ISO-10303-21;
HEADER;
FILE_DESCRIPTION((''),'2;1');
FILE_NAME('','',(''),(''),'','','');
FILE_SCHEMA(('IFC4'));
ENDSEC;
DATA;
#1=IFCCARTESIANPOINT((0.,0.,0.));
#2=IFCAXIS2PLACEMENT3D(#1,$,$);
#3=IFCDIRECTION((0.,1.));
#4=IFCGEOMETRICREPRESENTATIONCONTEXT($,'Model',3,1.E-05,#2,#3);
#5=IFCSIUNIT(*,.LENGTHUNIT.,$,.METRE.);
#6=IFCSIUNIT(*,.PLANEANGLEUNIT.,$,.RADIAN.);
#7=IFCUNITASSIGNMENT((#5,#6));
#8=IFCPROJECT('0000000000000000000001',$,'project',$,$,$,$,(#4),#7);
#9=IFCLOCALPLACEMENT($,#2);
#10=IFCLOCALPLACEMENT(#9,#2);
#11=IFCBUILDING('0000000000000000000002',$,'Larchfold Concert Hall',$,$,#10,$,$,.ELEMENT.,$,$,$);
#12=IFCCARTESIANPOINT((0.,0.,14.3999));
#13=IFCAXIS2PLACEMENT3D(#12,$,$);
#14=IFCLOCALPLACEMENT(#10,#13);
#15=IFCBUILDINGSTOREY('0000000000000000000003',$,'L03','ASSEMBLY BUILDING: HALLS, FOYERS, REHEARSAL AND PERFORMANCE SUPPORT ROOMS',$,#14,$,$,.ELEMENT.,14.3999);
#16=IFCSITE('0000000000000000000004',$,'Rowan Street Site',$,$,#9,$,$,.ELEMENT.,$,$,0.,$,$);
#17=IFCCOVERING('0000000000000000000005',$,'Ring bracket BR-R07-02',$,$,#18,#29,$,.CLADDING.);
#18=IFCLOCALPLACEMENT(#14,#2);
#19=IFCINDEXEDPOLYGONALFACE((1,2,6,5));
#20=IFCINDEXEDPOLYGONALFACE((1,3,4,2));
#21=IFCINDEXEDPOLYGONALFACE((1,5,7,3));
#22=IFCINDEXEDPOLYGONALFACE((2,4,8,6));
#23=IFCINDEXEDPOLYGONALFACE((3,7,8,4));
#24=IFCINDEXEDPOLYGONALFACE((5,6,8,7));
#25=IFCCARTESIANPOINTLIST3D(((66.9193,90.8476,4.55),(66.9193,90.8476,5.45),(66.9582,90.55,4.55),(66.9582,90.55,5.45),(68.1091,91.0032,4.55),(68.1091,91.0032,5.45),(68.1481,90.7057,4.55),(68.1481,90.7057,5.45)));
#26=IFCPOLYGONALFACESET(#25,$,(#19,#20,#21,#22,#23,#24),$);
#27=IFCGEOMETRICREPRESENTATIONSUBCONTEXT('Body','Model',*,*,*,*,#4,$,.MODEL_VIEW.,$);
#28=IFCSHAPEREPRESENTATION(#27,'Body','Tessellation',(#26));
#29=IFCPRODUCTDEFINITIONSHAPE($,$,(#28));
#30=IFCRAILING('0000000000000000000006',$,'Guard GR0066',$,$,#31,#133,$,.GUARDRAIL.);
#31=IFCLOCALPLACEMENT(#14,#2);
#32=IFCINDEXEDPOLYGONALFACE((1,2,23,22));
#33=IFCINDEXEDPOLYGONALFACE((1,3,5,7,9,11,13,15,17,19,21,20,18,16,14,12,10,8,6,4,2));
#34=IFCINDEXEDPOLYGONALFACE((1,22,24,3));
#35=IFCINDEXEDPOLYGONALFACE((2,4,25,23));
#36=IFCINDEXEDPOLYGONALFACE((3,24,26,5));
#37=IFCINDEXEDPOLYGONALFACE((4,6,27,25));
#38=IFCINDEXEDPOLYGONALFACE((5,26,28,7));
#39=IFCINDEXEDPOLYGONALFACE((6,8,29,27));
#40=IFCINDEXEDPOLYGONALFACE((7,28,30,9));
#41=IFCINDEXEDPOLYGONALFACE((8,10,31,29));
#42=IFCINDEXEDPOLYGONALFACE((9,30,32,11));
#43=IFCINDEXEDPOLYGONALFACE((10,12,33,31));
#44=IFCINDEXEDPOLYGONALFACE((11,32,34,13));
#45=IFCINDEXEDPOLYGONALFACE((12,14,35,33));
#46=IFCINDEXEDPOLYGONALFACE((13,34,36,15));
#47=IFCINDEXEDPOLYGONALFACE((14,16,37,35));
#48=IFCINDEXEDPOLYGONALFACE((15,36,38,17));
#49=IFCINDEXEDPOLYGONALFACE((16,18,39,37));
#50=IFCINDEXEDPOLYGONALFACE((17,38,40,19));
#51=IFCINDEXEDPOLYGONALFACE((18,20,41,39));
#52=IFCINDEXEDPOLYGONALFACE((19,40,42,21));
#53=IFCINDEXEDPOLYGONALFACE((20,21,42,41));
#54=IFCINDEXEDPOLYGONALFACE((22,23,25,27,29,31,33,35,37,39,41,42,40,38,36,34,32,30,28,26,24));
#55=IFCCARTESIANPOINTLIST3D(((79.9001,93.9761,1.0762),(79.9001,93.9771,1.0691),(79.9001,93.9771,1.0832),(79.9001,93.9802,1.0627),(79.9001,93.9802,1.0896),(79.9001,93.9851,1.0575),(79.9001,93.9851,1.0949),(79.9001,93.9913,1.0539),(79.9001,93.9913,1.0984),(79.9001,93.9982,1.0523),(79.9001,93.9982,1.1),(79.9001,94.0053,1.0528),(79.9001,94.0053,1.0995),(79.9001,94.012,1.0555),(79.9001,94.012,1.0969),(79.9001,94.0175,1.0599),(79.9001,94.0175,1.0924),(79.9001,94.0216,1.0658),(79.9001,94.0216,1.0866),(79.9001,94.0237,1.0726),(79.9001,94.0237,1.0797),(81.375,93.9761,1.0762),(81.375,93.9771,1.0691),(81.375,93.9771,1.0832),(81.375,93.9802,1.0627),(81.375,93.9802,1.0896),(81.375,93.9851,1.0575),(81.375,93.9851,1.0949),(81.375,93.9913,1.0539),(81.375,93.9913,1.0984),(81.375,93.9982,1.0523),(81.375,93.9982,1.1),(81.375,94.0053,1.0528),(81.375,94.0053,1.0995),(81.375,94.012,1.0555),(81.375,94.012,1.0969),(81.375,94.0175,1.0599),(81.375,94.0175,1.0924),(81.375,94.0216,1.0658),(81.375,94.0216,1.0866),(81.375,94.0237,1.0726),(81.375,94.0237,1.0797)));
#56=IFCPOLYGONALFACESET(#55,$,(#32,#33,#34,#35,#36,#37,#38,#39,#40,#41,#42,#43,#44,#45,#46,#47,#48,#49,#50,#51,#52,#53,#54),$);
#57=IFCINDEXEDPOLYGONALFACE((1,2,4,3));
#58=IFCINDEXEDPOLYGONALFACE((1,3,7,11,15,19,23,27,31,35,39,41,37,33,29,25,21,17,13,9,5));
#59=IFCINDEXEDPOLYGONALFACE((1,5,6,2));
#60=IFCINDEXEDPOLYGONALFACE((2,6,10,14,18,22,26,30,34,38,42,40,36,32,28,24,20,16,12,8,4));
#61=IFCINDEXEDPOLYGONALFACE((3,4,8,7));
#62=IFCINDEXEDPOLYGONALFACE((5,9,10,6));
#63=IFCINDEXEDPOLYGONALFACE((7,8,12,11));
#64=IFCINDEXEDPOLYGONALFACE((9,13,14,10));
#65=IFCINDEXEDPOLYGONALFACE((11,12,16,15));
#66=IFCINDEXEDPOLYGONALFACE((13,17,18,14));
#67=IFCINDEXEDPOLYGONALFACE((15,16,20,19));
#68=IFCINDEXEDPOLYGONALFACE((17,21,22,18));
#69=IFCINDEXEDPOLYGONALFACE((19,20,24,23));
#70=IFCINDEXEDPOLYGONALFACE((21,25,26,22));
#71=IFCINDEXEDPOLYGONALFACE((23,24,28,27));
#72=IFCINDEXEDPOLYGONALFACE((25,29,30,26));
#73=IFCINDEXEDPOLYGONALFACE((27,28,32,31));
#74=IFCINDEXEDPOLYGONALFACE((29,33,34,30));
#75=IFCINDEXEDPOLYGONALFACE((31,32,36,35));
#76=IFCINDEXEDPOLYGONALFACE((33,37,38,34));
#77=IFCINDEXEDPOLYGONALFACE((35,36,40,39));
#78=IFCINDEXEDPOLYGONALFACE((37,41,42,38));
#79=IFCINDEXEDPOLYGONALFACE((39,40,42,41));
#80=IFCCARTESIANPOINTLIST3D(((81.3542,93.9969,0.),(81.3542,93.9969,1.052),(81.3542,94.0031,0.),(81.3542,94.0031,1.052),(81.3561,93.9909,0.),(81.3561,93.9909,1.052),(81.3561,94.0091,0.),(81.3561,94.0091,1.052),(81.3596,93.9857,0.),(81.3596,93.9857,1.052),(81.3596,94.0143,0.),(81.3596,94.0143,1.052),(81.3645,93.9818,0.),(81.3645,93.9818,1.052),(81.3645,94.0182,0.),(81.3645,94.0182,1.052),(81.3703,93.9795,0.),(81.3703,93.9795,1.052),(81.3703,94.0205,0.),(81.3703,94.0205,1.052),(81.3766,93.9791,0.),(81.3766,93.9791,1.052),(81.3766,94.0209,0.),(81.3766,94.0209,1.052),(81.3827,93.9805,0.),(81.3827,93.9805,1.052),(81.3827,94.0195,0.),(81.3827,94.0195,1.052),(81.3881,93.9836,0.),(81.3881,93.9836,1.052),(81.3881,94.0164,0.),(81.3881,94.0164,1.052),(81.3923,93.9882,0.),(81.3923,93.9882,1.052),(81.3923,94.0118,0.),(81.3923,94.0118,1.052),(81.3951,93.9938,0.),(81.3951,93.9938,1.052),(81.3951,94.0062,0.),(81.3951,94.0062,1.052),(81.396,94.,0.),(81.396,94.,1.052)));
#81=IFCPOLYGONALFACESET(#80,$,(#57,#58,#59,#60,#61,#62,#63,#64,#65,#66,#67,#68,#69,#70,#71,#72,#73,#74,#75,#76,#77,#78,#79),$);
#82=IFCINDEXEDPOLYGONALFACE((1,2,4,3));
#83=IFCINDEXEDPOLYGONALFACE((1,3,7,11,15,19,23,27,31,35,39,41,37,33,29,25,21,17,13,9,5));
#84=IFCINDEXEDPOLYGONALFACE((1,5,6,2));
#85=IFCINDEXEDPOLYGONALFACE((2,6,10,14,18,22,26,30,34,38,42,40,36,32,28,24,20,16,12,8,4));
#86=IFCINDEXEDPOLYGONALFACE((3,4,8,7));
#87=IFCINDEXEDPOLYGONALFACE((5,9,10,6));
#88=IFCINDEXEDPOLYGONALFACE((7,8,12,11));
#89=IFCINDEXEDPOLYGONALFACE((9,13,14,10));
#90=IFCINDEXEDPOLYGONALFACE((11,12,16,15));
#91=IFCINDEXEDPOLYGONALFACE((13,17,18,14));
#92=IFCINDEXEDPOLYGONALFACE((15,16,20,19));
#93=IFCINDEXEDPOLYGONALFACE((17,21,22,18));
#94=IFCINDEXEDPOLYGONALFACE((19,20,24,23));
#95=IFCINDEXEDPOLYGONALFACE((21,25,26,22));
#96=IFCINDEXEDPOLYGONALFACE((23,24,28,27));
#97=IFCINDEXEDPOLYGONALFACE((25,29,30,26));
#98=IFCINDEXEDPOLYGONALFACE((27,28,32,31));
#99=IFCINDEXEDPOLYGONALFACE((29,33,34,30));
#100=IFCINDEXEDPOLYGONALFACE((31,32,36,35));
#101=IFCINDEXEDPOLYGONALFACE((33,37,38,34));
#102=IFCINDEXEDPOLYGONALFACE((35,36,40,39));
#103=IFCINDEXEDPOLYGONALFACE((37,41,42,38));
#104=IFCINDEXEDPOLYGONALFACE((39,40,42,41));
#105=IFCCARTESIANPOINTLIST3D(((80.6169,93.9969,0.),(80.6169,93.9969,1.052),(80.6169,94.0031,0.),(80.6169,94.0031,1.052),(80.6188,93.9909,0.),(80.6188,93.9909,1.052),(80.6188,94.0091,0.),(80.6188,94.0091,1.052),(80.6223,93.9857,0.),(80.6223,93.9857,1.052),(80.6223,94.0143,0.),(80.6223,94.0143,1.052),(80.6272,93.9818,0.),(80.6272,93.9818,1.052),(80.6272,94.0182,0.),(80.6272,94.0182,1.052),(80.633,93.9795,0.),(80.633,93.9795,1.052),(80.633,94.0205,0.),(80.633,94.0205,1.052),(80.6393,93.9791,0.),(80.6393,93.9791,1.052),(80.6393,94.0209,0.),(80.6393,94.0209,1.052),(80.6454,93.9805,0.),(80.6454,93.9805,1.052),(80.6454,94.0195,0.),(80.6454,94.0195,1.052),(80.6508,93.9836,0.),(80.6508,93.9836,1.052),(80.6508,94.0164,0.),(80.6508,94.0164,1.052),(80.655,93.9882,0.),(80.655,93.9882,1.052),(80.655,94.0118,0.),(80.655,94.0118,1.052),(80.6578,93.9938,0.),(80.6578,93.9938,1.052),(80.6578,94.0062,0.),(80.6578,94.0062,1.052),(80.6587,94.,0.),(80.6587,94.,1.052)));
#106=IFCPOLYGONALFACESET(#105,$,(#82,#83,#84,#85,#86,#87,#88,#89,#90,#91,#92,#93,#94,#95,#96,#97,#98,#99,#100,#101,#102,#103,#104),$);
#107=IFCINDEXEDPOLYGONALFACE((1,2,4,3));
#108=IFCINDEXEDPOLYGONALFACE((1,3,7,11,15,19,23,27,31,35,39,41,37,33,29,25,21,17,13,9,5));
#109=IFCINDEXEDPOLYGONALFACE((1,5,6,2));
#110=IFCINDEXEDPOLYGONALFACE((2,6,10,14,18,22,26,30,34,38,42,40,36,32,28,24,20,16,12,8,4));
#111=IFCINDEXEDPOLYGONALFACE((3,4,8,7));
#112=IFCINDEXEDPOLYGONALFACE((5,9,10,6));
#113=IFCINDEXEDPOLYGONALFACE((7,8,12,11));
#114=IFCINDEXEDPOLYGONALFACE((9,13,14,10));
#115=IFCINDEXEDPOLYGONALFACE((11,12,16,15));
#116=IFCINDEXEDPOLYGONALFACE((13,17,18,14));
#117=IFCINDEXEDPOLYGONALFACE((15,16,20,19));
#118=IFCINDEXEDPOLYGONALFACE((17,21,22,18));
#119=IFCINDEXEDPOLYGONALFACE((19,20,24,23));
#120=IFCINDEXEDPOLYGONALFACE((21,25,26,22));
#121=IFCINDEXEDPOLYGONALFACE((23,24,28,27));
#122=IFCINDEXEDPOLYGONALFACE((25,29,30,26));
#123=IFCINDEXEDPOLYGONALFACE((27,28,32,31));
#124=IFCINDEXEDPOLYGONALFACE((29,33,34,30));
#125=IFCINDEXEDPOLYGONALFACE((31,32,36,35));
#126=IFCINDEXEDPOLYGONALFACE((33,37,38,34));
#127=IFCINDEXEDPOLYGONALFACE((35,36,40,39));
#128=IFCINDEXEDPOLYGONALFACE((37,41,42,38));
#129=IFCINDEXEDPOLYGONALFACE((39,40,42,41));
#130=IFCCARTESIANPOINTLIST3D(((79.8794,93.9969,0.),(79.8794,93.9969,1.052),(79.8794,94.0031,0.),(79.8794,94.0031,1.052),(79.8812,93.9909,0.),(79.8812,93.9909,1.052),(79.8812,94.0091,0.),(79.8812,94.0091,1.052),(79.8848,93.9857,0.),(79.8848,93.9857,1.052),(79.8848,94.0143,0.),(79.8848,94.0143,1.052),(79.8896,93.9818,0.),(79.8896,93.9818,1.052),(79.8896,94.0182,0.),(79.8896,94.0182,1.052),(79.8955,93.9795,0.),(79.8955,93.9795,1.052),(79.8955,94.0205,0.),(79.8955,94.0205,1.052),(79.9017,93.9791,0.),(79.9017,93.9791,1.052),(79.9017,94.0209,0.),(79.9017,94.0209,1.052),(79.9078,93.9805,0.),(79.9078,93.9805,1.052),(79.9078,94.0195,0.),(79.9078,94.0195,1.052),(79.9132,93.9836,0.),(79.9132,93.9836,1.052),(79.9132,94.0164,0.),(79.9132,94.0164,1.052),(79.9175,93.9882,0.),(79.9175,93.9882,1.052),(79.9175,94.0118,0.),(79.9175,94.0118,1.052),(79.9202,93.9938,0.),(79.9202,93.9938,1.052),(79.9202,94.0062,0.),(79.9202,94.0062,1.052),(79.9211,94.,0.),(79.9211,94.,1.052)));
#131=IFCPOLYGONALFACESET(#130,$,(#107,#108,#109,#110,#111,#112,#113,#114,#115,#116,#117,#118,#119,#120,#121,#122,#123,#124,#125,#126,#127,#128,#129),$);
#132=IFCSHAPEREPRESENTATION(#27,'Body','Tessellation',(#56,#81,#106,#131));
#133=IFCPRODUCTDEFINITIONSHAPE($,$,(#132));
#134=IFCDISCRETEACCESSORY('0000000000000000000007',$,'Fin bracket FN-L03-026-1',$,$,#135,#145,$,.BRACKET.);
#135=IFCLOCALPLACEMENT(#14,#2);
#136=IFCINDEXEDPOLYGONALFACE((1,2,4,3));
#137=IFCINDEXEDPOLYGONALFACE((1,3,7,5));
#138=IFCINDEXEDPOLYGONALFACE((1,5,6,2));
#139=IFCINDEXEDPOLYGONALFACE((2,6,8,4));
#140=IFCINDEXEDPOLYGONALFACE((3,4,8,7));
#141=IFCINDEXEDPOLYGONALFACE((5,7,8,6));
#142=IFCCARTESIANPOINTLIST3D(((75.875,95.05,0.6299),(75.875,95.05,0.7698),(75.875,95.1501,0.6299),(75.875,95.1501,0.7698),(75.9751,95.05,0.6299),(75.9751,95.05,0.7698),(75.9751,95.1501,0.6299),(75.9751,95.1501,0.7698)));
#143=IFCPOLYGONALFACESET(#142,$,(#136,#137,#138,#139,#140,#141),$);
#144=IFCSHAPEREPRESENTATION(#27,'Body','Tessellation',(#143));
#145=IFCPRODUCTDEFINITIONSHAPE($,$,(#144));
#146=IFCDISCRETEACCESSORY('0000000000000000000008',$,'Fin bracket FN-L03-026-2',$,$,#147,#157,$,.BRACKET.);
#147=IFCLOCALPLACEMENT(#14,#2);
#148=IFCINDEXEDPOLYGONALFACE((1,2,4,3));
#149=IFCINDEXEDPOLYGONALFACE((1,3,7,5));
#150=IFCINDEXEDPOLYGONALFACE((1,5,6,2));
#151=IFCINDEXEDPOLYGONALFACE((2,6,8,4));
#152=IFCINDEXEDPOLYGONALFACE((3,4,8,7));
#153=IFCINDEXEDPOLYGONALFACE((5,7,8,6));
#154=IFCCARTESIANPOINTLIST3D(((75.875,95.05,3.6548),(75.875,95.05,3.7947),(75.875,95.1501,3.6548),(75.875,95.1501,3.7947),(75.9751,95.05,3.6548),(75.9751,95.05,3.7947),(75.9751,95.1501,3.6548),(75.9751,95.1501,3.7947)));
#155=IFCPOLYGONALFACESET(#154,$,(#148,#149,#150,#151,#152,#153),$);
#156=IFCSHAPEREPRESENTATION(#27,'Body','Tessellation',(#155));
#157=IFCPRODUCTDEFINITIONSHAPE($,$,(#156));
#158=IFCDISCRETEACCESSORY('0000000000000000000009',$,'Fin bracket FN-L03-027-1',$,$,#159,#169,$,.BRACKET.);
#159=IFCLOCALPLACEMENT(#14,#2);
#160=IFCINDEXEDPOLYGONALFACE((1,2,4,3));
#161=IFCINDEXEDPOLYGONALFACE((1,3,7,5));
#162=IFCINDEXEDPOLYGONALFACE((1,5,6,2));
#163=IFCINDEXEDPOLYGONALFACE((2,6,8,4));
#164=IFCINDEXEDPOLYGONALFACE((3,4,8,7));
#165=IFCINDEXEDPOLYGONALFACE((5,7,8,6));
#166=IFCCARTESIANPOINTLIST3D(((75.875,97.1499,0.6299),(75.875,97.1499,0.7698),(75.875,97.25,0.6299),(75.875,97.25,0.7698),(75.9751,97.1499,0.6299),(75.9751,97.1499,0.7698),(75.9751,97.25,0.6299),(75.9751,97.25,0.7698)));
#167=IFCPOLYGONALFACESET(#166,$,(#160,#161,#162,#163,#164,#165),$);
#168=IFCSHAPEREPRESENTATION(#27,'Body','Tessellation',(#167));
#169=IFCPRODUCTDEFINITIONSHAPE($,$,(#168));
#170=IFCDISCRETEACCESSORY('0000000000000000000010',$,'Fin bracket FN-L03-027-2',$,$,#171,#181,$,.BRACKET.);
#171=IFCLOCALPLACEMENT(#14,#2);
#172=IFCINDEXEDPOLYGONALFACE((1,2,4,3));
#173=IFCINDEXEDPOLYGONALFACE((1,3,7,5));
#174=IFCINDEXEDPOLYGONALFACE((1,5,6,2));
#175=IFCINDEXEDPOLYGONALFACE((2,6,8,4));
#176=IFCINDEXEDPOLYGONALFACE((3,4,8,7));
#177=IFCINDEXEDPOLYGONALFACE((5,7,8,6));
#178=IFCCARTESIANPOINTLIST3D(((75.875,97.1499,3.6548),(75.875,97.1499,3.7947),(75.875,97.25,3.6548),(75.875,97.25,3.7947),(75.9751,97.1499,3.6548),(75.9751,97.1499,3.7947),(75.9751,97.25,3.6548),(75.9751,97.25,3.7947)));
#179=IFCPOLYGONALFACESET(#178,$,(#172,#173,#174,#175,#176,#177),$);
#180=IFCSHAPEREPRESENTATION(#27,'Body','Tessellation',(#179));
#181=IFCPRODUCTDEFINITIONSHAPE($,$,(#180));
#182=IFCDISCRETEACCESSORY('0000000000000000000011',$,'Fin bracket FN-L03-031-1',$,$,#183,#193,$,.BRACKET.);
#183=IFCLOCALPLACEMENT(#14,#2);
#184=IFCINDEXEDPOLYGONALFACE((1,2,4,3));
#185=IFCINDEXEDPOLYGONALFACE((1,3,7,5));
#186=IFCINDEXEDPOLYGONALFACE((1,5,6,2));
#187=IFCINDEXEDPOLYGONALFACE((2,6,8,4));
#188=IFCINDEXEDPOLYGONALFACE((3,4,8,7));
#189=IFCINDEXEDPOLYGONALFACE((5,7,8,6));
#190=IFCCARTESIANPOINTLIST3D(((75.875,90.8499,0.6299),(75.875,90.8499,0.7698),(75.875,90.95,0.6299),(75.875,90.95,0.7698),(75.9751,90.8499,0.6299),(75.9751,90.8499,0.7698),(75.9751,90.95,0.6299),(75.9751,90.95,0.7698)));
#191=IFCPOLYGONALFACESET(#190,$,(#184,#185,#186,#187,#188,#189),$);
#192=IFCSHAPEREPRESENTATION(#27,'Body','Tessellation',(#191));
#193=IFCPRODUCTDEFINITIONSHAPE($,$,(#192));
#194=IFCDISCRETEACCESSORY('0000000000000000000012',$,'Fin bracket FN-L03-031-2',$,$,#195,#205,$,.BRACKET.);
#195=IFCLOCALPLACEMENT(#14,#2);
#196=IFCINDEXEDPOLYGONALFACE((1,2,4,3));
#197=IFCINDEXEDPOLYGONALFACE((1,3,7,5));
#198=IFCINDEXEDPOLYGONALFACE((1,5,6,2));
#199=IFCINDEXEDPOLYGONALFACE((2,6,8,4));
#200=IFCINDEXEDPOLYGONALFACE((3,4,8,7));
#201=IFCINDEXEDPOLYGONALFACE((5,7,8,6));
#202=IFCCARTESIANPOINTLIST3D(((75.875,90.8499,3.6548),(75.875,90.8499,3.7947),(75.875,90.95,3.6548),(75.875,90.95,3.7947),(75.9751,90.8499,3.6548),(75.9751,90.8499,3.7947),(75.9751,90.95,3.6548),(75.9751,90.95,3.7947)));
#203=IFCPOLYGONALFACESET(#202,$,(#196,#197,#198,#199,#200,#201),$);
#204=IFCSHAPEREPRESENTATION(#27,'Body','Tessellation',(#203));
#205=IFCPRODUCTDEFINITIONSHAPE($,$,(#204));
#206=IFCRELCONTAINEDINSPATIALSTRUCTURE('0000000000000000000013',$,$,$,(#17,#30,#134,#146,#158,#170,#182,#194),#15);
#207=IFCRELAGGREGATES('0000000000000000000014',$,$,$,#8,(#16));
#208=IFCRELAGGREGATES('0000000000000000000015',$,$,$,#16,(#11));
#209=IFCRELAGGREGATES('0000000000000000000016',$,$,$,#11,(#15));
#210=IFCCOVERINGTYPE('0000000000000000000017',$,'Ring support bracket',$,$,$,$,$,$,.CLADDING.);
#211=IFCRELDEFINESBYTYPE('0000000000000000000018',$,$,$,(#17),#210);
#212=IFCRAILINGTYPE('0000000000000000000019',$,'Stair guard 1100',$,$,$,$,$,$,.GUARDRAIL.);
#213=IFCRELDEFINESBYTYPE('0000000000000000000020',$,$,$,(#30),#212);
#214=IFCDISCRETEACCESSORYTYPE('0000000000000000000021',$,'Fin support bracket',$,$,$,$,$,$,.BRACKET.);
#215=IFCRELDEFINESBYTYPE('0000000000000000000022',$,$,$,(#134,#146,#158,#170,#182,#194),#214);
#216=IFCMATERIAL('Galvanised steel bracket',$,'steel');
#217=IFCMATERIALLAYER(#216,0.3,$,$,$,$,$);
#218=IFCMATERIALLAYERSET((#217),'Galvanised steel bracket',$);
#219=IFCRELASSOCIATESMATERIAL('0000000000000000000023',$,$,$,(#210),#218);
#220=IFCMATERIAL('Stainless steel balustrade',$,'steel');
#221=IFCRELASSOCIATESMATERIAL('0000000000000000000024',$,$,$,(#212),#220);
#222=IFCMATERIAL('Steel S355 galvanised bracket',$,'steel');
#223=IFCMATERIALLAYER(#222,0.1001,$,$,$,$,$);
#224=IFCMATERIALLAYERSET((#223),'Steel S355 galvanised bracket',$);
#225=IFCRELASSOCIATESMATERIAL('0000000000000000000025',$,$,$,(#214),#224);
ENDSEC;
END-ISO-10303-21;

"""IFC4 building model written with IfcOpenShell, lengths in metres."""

from ifc_helpers import new_model, si_unit, direction, frame, origin, origin_2d, place, context, subcontext, project, spatial, rectangle, circle, extrude, material, layer, layer_set, type_object, element, save


model = new_model("IFC4")

# Units and contexts
model_context = context("Model", 3, precision=1e-05, world=origin(), true_north=direction((0.0, 1.0)))
body_context = subcontext(model_context, "Body", "Model", "MODEL_VIEW")
ifc_project = project(units=[si_unit("LENGTHUNIT", "METRE"), si_unit("PLANEANGLEUNIT", "RADIAN")], contexts=[model_context])

# Site, building, storey
site_placement = place(None, origin())
site = spatial("IfcSite", under=ifc_project, at=site_placement, Name="Rowan Street Site", CompositionType="ELEMENT", RefElevation=0.0)
building_placement = place(site_placement, origin())
building = spatial("IfcBuilding", under=site, at=building_placement, Name="Larchfold Concert Hall", CompositionType="ELEMENT")
storey_placement = place(building_placement, frame((0.0, 0.0, 14.3999)))
storey = spatial("IfcBuildingStorey", under=building, at=storey_placement, Name="L03", Description="ASSEMBLY BUILDING: HALLS, FOYERS, REHEARSAL AND PERFORMANCE SUPPORT ROOMS", CompositionType="ELEMENT", Elevation=14.3999)

# Covering
ifc_material_1 = material(Name="Galvanised steel bracket", Category="steel")
ifc_layer_1 = layer(ifc_material_1, 0.3)
ifc_layer_set_1 = layer_set([ifc_layer_1], Name="Galvanised steel bracket")
covering_type = type_object("IfcCoveringType", Name="Ring support bracket", PredefinedType="CLADDING", material=ifc_layer_set_1)
covering_1_placement = place(storey_placement, frame((67.5337, 90.7766, 4.55), z_axis=(0.0, 0.0, 1.0), x_axis=(0.991554, 0.129693, 0.0)))
element("IfcCovering", 1, at=covering_1_placement, inside=storey, type_object=covering_type, Name="Ring bracket BR-R07-02", PredefinedType="CLADDING", context=body_context, shape_type="SweptSolid", body=[
    extrude(rectangle(XDim=1.2, YDim=0.3, at=origin_2d()), origin(), (0.0, 0.0, 1.0), 0.8999),
])

# Railing
ifc_material_2 = material(Name="Stainless steel balustrade", Category="steel")
railing_type = type_object("IfcRailingType", Name="Stair guard 1100", PredefinedType="GUARDRAIL", material=ifc_material_2)
railing_placement = place(storey_placement, frame((81.375, 94.0, 0.0)))
element("IfcRailing", 2, at=railing_placement, inside=storey, type_object=railing_type, Name="Guard GR0066", PredefinedType="GUARDRAIL", context=body_context, shape_type="SweptSolid", body=[
    extrude(circle(Radius=0.0239, at=origin_2d()), frame((0.0, 0.0, 1.0762), z_axis=(-1.0, 0.0, 0.0), x_axis=(0.0, -1.0, 0.0)), (0.0, 0.0, 1.0), 1.4749),
    extrude(circle(Radius=0.021, at=origin_2d()), origin(), (0.0, 0.0, 1.0), 1.052),
    extrude(circle(Radius=0.021, at=origin_2d()), frame((-0.7373, 0.0, 0.0)), (0.0, 0.0, 1.0), 1.052),
    extrude(circle(Radius=0.021, at=origin_2d()), frame((-1.4749, 0.0, 0.0)), (0.0, 0.0, 1.0), 1.052),
])

# Discrete accessories
ifc_material_3 = material(Name="Steel S355 galvanised bracket", Category="steel")
ifc_layer_2 = layer(ifc_material_3, 0.1001)
ifc_layer_set_2 = layer_set([ifc_layer_2], Name="Steel S355 galvanised bracket")
discrete_accessory_type = type_object("IfcDiscreteAccessoryType", Name="Fin support bracket", PredefinedType="BRACKET", material=ifc_layer_set_2)
for number, where, z_axis, x_axis, name in (
    (3, (75.925, 95.1001, 0.6299), (0.0, 0.0, 1.0), (-1.0, 0.0, 0.0), "Fin bracket FN-L03-026-1"),
    (4, (75.925, 95.1001, 3.6548), (0.0, 0.0, 1.0), (-1.0, 0.0, 0.0), "Fin bracket FN-L03-026-2"),
    (5, (75.925, 97.2, 0.6299), (0.0, 0.0, 1.0), (-1.0, 0.0, 0.0), "Fin bracket FN-L03-027-1"),
    (6, (75.925, 97.2, 3.6548), (0.0, 0.0, 1.0), (-1.0, 0.0, 0.0), "Fin bracket FN-L03-027-2"),
    (7, (75.925, 90.8999, 0.6299), (0.0, 0.0, 1.0), (-1.0, 0.0, 0.0), "Fin bracket FN-L03-031-1"),
    (8, (75.925, 90.8999, 3.6548), (0.0, 0.0, 1.0), (-1.0, 0.0, 0.0), "Fin bracket FN-L03-031-2"),
):
    element("IfcDiscreteAccessory", number, at=place(storey_placement, frame(where, z_axis=z_axis, x_axis=x_axis)), inside=storey, type_object=discrete_accessory_type, Name=name, PredefinedType="BRACKET", context=body_context, shape_type="SweptSolid", body=[
        extrude(rectangle(XDim=0.1001, YDim=0.1001, at=origin_2d()), origin(), (0.0, 0.0, 1.0), 0.1399),
    ])

save(model, "model.ifc")
